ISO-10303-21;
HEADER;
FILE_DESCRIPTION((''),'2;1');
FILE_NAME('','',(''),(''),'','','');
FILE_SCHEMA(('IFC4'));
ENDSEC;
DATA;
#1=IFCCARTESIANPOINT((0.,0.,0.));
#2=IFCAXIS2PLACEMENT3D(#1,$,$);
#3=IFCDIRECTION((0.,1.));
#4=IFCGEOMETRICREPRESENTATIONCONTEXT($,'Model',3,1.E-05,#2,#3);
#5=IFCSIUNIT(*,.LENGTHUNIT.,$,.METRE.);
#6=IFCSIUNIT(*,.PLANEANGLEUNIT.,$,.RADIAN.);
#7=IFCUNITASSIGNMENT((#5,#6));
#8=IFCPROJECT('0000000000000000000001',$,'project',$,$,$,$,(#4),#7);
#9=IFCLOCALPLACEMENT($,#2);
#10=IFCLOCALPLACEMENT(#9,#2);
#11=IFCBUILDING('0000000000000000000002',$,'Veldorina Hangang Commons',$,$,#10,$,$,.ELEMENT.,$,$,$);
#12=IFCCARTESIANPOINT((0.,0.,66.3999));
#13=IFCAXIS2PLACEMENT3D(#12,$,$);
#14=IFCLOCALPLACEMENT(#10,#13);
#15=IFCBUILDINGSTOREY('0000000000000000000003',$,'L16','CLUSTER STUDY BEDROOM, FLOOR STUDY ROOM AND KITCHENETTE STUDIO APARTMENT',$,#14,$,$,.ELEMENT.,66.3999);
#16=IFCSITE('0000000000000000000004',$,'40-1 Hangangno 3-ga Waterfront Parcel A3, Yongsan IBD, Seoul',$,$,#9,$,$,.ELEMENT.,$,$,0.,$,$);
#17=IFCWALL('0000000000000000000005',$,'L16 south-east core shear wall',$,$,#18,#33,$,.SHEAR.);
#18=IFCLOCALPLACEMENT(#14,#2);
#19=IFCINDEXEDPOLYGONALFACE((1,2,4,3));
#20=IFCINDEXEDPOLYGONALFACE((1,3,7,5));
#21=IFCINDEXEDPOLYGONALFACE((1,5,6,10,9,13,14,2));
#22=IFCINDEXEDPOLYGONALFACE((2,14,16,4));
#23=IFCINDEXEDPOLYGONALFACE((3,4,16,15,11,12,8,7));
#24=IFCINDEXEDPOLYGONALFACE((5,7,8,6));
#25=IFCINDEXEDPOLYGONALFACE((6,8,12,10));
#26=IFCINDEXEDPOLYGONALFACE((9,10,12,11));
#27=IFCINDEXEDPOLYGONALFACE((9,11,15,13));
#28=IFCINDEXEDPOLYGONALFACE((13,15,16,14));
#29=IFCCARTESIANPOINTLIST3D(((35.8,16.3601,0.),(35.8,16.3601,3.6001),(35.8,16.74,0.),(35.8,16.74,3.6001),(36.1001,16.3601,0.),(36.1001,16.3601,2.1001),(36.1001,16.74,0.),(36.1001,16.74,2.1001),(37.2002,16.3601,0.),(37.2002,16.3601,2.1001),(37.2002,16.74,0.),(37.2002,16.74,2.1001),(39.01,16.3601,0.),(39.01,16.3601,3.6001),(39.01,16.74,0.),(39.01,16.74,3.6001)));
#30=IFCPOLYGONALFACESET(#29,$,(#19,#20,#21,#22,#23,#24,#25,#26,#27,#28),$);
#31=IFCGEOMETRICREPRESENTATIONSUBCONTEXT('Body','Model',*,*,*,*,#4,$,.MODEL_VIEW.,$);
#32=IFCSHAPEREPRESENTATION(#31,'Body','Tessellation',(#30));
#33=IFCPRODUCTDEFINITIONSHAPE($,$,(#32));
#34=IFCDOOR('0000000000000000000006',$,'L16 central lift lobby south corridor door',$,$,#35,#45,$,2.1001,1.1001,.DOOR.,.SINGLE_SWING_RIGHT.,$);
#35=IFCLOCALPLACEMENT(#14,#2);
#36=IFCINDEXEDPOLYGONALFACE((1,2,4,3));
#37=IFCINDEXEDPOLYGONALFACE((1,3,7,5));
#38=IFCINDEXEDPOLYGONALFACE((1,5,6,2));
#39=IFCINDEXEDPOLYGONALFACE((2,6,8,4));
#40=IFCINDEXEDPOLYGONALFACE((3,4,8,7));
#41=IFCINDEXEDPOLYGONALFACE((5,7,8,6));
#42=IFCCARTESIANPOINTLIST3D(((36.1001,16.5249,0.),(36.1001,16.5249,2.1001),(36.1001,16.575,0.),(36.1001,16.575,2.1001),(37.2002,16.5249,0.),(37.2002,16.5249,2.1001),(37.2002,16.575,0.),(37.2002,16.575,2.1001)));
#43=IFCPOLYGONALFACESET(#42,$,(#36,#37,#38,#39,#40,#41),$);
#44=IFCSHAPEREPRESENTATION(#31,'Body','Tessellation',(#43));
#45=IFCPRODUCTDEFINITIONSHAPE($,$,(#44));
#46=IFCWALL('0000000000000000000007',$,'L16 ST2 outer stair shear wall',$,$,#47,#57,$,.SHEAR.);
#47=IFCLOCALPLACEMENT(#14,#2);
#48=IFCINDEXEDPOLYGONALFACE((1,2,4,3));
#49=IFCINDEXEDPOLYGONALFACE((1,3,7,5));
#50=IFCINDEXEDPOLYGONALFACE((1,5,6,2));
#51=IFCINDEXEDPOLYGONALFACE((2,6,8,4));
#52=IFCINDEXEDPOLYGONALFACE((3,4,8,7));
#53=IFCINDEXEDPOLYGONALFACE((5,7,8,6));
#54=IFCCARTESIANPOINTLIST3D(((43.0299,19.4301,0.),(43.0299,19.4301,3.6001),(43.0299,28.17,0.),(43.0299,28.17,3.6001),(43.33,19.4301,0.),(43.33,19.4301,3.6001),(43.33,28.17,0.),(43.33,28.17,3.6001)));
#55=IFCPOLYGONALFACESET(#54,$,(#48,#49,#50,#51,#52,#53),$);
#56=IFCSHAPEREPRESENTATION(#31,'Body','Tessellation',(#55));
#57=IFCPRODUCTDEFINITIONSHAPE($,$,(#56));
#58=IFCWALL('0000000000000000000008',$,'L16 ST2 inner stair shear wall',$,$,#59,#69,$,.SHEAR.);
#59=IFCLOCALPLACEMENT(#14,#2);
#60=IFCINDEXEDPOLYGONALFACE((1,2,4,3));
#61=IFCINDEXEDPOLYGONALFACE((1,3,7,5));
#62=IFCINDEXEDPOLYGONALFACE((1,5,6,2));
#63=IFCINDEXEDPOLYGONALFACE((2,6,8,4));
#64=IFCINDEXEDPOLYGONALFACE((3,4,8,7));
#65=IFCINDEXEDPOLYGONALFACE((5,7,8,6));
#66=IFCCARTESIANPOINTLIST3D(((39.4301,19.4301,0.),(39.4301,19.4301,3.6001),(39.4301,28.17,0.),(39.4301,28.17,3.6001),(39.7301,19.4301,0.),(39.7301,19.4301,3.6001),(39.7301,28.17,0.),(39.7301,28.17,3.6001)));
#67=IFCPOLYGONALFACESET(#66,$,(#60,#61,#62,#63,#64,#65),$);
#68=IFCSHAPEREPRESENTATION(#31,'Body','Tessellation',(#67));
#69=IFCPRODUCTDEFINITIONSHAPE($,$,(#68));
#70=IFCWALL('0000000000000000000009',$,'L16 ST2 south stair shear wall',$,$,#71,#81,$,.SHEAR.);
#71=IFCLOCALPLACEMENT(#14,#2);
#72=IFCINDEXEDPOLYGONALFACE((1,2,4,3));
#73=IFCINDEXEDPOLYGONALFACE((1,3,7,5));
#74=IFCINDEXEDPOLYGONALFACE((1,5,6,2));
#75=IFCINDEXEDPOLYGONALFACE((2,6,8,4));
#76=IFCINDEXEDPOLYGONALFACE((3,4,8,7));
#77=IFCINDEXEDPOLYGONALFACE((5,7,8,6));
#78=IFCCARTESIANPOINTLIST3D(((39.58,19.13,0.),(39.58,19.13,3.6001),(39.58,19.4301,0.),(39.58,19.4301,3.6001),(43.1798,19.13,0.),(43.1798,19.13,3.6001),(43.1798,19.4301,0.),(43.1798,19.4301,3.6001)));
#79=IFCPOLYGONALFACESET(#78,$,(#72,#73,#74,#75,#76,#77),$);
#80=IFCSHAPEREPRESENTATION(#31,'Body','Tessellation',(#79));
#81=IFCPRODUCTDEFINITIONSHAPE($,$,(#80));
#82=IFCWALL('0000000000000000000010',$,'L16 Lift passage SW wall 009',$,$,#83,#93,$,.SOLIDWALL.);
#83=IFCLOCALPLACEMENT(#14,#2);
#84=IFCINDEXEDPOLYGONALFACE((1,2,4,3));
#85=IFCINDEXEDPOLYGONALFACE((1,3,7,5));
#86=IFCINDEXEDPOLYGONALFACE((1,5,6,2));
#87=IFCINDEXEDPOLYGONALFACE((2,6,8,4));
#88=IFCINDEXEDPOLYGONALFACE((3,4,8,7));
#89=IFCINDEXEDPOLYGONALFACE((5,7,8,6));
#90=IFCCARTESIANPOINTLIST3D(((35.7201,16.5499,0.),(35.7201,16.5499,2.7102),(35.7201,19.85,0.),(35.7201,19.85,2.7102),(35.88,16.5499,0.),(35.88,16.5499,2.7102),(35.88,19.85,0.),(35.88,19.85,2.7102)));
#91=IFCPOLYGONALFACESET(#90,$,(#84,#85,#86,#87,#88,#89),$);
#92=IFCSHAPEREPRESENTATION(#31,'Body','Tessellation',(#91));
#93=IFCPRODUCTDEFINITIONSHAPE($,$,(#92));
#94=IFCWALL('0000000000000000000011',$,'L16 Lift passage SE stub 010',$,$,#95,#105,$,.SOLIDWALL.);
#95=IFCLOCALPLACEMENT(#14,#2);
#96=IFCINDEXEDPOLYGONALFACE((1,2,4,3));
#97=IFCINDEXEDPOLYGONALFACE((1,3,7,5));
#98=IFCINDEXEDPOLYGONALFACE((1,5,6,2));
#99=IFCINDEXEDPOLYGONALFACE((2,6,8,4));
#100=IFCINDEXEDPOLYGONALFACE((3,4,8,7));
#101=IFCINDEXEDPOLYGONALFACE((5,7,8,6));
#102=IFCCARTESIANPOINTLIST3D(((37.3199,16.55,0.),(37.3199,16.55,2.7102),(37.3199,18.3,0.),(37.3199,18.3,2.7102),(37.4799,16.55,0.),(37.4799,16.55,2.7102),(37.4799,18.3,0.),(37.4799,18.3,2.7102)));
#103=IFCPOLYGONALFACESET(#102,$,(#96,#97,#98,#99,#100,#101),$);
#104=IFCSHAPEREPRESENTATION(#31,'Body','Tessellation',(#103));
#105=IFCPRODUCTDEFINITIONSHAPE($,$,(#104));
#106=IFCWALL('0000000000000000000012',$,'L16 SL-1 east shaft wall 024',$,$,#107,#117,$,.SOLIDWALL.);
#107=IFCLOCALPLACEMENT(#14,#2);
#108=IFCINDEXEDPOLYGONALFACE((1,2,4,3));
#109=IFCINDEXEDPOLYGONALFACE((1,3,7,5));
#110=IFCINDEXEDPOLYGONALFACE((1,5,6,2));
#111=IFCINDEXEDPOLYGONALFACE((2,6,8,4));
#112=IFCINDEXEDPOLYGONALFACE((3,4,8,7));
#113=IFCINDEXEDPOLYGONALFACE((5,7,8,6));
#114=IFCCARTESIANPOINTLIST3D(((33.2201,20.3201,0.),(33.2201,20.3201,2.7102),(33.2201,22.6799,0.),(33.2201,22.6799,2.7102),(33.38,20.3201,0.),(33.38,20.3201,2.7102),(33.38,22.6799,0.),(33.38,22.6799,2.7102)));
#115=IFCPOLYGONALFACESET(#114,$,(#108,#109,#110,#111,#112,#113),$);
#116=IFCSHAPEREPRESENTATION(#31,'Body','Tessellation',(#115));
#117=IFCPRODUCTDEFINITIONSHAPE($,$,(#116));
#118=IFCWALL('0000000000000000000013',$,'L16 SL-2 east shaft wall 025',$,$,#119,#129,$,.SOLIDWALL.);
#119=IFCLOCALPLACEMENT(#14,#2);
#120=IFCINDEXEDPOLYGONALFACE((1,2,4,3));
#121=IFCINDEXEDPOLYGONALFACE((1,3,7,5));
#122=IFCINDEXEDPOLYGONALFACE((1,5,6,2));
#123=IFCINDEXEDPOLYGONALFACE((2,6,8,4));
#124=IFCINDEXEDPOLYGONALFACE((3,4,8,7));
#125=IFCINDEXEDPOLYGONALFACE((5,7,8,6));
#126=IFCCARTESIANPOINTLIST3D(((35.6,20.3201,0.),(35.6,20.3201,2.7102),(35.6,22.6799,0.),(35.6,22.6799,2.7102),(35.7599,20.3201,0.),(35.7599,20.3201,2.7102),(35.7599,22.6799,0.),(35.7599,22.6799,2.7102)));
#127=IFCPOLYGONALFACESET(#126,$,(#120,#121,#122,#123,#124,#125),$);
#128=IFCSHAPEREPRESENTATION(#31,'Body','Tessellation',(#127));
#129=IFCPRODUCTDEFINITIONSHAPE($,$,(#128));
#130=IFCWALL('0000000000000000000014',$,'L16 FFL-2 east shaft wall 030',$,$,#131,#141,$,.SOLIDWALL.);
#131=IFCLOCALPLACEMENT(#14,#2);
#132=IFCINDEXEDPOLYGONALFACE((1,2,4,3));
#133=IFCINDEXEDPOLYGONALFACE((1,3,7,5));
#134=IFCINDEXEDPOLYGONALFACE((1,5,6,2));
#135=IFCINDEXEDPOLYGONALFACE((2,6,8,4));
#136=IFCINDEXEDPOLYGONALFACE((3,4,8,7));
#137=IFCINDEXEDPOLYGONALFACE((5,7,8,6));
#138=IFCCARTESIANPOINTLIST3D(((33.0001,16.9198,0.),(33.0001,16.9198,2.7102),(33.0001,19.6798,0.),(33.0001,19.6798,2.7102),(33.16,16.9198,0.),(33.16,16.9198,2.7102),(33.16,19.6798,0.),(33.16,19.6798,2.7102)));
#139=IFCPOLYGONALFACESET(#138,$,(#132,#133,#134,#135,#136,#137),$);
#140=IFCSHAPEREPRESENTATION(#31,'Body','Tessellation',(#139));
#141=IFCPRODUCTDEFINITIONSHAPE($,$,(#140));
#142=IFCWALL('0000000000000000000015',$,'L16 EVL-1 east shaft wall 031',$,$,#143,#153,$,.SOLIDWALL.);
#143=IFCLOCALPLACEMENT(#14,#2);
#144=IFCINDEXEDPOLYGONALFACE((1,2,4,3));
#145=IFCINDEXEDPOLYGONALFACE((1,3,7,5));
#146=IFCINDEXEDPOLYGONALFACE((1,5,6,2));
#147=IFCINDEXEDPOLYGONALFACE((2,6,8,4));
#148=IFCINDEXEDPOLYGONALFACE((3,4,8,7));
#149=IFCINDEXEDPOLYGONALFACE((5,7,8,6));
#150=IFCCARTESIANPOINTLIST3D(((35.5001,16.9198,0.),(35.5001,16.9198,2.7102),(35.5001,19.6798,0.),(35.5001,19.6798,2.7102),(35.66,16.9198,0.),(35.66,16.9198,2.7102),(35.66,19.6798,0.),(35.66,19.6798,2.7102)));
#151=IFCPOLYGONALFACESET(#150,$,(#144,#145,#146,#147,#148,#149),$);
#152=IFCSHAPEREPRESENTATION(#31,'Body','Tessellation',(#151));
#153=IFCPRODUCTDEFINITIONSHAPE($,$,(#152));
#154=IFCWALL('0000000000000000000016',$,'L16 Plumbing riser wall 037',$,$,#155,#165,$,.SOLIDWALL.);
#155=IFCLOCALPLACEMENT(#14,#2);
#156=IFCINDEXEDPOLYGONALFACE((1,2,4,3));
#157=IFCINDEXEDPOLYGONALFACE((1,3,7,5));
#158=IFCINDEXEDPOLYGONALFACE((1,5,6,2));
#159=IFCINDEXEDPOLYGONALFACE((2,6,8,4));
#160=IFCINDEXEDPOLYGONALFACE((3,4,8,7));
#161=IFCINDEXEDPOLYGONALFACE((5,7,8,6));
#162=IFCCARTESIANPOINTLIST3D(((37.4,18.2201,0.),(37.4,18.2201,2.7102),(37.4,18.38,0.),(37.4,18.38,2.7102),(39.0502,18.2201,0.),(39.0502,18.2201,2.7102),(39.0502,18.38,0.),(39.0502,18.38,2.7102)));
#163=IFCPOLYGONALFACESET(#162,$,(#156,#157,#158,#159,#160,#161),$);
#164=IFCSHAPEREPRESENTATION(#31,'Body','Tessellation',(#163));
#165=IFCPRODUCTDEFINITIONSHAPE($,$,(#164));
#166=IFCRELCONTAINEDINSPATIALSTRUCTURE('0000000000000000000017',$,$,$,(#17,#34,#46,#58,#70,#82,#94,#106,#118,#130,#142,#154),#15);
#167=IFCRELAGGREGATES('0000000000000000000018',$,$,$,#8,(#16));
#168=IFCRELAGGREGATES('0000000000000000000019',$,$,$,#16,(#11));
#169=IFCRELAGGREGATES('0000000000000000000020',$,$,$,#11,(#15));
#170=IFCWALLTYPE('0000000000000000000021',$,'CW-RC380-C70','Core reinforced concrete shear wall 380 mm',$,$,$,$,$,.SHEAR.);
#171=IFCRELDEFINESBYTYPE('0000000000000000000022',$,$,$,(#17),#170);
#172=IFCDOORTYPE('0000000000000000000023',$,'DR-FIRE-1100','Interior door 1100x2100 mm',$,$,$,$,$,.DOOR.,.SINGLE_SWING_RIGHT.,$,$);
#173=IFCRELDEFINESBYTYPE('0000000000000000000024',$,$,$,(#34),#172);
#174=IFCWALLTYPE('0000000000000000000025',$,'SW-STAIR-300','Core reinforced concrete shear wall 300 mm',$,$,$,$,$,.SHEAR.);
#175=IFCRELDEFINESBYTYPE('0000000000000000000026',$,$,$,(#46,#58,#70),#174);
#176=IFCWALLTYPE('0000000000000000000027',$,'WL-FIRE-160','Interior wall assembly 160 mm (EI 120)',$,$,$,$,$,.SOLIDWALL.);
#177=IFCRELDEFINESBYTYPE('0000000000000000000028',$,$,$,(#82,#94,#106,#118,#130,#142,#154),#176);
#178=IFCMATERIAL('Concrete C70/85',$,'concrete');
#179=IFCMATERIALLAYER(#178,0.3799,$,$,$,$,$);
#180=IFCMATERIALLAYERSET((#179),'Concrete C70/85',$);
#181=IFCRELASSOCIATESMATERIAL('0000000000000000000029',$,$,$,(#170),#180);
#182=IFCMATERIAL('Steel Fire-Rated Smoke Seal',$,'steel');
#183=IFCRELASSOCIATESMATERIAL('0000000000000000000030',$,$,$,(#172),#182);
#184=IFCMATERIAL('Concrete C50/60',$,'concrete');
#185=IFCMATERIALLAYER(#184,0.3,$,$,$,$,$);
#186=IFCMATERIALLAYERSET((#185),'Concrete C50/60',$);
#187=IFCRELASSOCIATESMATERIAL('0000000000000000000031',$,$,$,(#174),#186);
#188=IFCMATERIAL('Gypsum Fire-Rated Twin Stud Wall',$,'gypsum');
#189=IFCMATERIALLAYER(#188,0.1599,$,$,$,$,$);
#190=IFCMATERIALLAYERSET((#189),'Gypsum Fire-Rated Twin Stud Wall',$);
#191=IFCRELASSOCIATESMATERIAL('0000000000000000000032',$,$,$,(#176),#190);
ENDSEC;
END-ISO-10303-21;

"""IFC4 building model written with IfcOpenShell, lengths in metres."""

from ifc_helpers import new_model, si_unit, direction, frame, frame_2d, origin, place, context, subcontext, project, spatial, rectangle, extrude, material, layer, layer_set, type_object, element, fill, save


model = new_model("IFC4")

# Units and contexts
model_context = context("Model", 3, precision=1e-05, world=origin(), true_north=direction((0.0, 1.0)))
body_context = subcontext(model_context, "Body", "Model", "MODEL_VIEW")
ifc_project = project(units=[si_unit("LENGTHUNIT", "METRE"), si_unit("PLANEANGLEUNIT", "RADIAN")], contexts=[model_context])

# Site, building, storey
site_placement = place(None, origin())
site = spatial("IfcSite", under=ifc_project, at=site_placement, Name="40-1 Hangangno 3-ga Waterfront Parcel A3, Yongsan IBD, Seoul", CompositionType="ELEMENT", RefElevation=0.0)
building_placement = place(site_placement, origin())
building = spatial("IfcBuilding", under=site, at=building_placement, Name="Veldorina Hangang Commons", CompositionType="ELEMENT")
storey_placement = place(building_placement, frame((0.0, 0.0, 66.3999)))
storey = spatial("IfcBuildingStorey", under=building, at=storey_placement, Name="L16", Description="CLUSTER STUDY BEDROOM, FLOOR STUDY ROOM AND KITCHENETTE STUDIO APARTMENT", CompositionType="ELEMENT", Elevation=66.3999)

# Shared definitions
ifc_material_1 = material(Name="Concrete C70/85", Category="concrete")

# Shared definitions
ifc_layer_1 = layer(ifc_material_1, 0.3799)
ifc_layer_set_1 = layer_set([ifc_layer_1], Name="Concrete C70/85")
wall_type_1 = type_object("IfcWallType", Name="CW-RC380-C70", Description="Core reinforced concrete shear wall 380 mm", PredefinedType="SHEAR", material=ifc_layer_set_1)

# Wall, opening, door
wall_1_placement = place(storey_placement, frame((35.8, 16.55, 0.0), z_axis=(0.0, 0.0, 1.0), x_axis=(1.0, 0.0, 0.0)))
wall_1 = element("IfcWall", 1, at=wall_1_placement, inside=storey, type_object=wall_type_1, Name="L16 south-east core shear wall", PredefinedType="SHEAR", context=body_context, shape_type="SweptSolid", body=[
    extrude(rectangle(XDim=3.21, YDim=0.3799, at=frame_2d((1.605, 0.0))), origin(), (0.0, 0.0, 1.0), 3.6001),
])
opening_1_placement = place(wall_1_placement, frame((0.3, 0.0, 0.0)))
opening_1 = element("IfcOpeningElement", 2, at=opening_1_placement, cuts=wall_1, PredefinedType="OPENING", context=body_context, shape_type="SweptSolid", body=[
    extrude(rectangle(XDim=1.1001, YDim=2.1001, at=frame_2d((0.55, 1.05))), frame((0.0, 0.2, 0.0), z_axis=(0.0, -1.0, 0.0), x_axis=(1.0, 0.0, 0.0)), (0.0, 0.0, 1.0), 0.3999),
])
ifc_material_2 = material(Name="Steel Fire-Rated Smoke Seal", Category="steel")
door_type_1 = type_object("IfcDoorType", Name="DR-FIRE-1100", Description="Interior door 1100x2100 mm", OperationType="SINGLE_SWING_RIGHT", PredefinedType="DOOR", material=ifc_material_2)
door_1_placement = place(opening_1_placement, origin())
door_1 = element("IfcDoor", 3, at=door_1_placement, inside=storey, type_object=door_type_1, Name="L16 central lift lobby south corridor door", OperationType="SINGLE_SWING_RIGHT", OverallHeight=2.1001, OverallWidth=1.1001, PredefinedType="DOOR", context=body_context, shape_type="SweptSolid", body=[
    extrude(rectangle(XDim=1.1001, YDim=2.1001, at=frame_2d((0.55, 1.05))), frame((0.0, 0.0249, 0.0), z_axis=(0.0, -1.0, 0.0), x_axis=(1.0, 0.0, 0.0)), (0.0, 0.0, 1.0), 0.05),
])
fill(opening_1, door_1)

# Walls
ifc_material_3 = material(Name="Concrete C50/60", Category="concrete")
ifc_layer_2 = layer(ifc_material_3, 0.3)
ifc_layer_set_2 = layer_set([ifc_layer_2], Name="Concrete C50/60")
wall_type_2 = type_object("IfcWallType", Name="SW-STAIR-300", Description="Core reinforced concrete shear wall 300 mm", PredefinedType="SHEAR", material=ifc_layer_set_2)
for number, where, z_axis, x_axis, name in (
    (4, (43.1799, 19.4299, 0.0), (0.0, 0.0, 1.0), (0.0, 1.0, 0.0), "L16 ST2 outer stair shear wall"),
    (5, (39.5801, 19.4299, 0.0), (0.0, 0.0, 1.0), (0.0, 1.0, 0.0), "L16 ST2 inner stair shear wall"),
):
    element("IfcWall", number, at=place(storey_placement, frame(where, z_axis=z_axis, x_axis=x_axis)), inside=storey, type_object=wall_type_2, Name=name, PredefinedType="SHEAR", context=body_context, shape_type="SweptSolid", body=[
        extrude(rectangle(XDim=8.74, YDim=0.3, at=frame_2d((4.3701, 0.0))), origin(), (0.0, 0.0, 1.0), 3.6001),
    ])
wall_2_placement = place(storey_placement, frame((39.5801, 19.28, 0.0), z_axis=(0.0, 0.0, 1.0), x_axis=(1.0, 0.0, 0.0)))
element("IfcWall", 6, at=wall_2_placement, inside=storey, type_object=wall_type_2, Name="L16 ST2 south stair shear wall", PredefinedType="SHEAR", context=body_context, shape_type="SweptSolid", body=[
    extrude(rectangle(XDim=3.5999, YDim=0.3, at=frame_2d((1.7998, 0.0))), origin(), (0.0, 0.0, 1.0), 3.6001),
])
ifc_material_4 = material(Name="Gypsum Fire-Rated Twin Stud Wall", Category="gypsum")
ifc_layer_3 = layer(ifc_material_4, 0.1599)
ifc_layer_set_3 = layer_set([ifc_layer_3], Name="Gypsum Fire-Rated Twin Stud Wall")
wall_type_3 = type_object("IfcWallType", Name="WL-FIRE-160", Description="Interior wall assembly 160 mm (EI 120)", PredefinedType="SOLIDWALL", material=ifc_layer_set_3)
wall_3_placement = place(storey_placement, frame((35.8, 16.55, 0.0), z_axis=(0.0, 0.0, 1.0), x_axis=(0.0, 1.0, 0.0)))
element("IfcWall", 7, at=wall_3_placement, inside=storey, type_object=wall_type_3, Name="L16 Lift passage SW wall 009", PredefinedType="SOLIDWALL", context=body_context, shape_type="SweptSolid", body=[
    extrude(rectangle(XDim=3.3, YDim=0.1599, at=frame_2d((1.6499, 0.0))), origin(), (0.0, 0.0, 1.0), 2.7102),
])
wall_4_placement = place(storey_placement, frame((37.3999, 16.55, 0.0), z_axis=(0.0, 0.0, 1.0), x_axis=(0.0, 1.0, 0.0)))
element("IfcWall", 8, at=wall_4_placement, inside=storey, type_object=wall_type_3, Name="L16 Lift passage SE stub 010", PredefinedType="SOLIDWALL", context=body_context, shape_type="SweptSolid", body=[
    extrude(rectangle(XDim=1.75, YDim=0.1599, at=frame_2d((0.875, 0.0))), origin(), (0.0, 0.0, 1.0), 2.7102),
])
for number, where, z_axis, x_axis, name in (
    (9, (33.3, 20.3201, 0.0), (0.0, 0.0, 1.0), (0.0, 1.0, 0.0), "L16 SL-1 east shaft wall 024"),
    (10, (35.6799, 20.3201, 0.0), (0.0, 0.0, 1.0), (0.0, 1.0, 0.0), "L16 SL-2 east shaft wall 025"),
):
    element("IfcWall", number, at=place(storey_placement, frame(where, z_axis=z_axis, x_axis=x_axis)), inside=storey, type_object=wall_type_3, Name=name, PredefinedType="SOLIDWALL", context=body_context, shape_type="SweptSolid", body=[
        extrude(rectangle(XDim=2.3599, YDim=0.1599, at=frame_2d((1.1799, 0.0))), origin(), (0.0, 0.0, 1.0), 2.7102),
    ])
for number, where, z_axis, x_axis, name in (
    (11, (33.0801, 16.9199, 0.0), (0.0, 0.0, 1.0), (0.0, 1.0, 0.0), "L16 FFL-2 east shaft wall 030"),
    (12, (35.5801, 16.9199, 0.0), (0.0, 0.0, 1.0), (0.0, 1.0, 0.0), "L16 EVL-1 east shaft wall 031"),
):
    element("IfcWall", number, at=place(storey_placement, frame(where, z_axis=z_axis, x_axis=x_axis)), inside=storey, type_object=wall_type_3, Name=name, PredefinedType="SOLIDWALL", context=body_context, shape_type="SweptSolid", body=[
        extrude(rectangle(XDim=2.76, YDim=0.1599, at=frame_2d((1.3799, 0.0))), origin(), (0.0, 0.0, 1.0), 2.7102),
    ])
wall_5_placement = place(storey_placement, frame((37.3999, 18.3, 0.0), z_axis=(0.0, 0.0, 1.0), x_axis=(1.0, 0.0, 0.0)))
element("IfcWall", 13, at=wall_5_placement, inside=storey, type_object=wall_type_3, Name="L16 Plumbing riser wall 037", PredefinedType="SOLIDWALL", context=body_context, shape_type="SweptSolid", body=[
    extrude(rectangle(XDim=1.6501, YDim=0.1599, at=frame_2d((0.8252, 0.0))), origin(), (0.0, 0.0, 1.0), 2.7102),
])

save(model, "model.ifc")
